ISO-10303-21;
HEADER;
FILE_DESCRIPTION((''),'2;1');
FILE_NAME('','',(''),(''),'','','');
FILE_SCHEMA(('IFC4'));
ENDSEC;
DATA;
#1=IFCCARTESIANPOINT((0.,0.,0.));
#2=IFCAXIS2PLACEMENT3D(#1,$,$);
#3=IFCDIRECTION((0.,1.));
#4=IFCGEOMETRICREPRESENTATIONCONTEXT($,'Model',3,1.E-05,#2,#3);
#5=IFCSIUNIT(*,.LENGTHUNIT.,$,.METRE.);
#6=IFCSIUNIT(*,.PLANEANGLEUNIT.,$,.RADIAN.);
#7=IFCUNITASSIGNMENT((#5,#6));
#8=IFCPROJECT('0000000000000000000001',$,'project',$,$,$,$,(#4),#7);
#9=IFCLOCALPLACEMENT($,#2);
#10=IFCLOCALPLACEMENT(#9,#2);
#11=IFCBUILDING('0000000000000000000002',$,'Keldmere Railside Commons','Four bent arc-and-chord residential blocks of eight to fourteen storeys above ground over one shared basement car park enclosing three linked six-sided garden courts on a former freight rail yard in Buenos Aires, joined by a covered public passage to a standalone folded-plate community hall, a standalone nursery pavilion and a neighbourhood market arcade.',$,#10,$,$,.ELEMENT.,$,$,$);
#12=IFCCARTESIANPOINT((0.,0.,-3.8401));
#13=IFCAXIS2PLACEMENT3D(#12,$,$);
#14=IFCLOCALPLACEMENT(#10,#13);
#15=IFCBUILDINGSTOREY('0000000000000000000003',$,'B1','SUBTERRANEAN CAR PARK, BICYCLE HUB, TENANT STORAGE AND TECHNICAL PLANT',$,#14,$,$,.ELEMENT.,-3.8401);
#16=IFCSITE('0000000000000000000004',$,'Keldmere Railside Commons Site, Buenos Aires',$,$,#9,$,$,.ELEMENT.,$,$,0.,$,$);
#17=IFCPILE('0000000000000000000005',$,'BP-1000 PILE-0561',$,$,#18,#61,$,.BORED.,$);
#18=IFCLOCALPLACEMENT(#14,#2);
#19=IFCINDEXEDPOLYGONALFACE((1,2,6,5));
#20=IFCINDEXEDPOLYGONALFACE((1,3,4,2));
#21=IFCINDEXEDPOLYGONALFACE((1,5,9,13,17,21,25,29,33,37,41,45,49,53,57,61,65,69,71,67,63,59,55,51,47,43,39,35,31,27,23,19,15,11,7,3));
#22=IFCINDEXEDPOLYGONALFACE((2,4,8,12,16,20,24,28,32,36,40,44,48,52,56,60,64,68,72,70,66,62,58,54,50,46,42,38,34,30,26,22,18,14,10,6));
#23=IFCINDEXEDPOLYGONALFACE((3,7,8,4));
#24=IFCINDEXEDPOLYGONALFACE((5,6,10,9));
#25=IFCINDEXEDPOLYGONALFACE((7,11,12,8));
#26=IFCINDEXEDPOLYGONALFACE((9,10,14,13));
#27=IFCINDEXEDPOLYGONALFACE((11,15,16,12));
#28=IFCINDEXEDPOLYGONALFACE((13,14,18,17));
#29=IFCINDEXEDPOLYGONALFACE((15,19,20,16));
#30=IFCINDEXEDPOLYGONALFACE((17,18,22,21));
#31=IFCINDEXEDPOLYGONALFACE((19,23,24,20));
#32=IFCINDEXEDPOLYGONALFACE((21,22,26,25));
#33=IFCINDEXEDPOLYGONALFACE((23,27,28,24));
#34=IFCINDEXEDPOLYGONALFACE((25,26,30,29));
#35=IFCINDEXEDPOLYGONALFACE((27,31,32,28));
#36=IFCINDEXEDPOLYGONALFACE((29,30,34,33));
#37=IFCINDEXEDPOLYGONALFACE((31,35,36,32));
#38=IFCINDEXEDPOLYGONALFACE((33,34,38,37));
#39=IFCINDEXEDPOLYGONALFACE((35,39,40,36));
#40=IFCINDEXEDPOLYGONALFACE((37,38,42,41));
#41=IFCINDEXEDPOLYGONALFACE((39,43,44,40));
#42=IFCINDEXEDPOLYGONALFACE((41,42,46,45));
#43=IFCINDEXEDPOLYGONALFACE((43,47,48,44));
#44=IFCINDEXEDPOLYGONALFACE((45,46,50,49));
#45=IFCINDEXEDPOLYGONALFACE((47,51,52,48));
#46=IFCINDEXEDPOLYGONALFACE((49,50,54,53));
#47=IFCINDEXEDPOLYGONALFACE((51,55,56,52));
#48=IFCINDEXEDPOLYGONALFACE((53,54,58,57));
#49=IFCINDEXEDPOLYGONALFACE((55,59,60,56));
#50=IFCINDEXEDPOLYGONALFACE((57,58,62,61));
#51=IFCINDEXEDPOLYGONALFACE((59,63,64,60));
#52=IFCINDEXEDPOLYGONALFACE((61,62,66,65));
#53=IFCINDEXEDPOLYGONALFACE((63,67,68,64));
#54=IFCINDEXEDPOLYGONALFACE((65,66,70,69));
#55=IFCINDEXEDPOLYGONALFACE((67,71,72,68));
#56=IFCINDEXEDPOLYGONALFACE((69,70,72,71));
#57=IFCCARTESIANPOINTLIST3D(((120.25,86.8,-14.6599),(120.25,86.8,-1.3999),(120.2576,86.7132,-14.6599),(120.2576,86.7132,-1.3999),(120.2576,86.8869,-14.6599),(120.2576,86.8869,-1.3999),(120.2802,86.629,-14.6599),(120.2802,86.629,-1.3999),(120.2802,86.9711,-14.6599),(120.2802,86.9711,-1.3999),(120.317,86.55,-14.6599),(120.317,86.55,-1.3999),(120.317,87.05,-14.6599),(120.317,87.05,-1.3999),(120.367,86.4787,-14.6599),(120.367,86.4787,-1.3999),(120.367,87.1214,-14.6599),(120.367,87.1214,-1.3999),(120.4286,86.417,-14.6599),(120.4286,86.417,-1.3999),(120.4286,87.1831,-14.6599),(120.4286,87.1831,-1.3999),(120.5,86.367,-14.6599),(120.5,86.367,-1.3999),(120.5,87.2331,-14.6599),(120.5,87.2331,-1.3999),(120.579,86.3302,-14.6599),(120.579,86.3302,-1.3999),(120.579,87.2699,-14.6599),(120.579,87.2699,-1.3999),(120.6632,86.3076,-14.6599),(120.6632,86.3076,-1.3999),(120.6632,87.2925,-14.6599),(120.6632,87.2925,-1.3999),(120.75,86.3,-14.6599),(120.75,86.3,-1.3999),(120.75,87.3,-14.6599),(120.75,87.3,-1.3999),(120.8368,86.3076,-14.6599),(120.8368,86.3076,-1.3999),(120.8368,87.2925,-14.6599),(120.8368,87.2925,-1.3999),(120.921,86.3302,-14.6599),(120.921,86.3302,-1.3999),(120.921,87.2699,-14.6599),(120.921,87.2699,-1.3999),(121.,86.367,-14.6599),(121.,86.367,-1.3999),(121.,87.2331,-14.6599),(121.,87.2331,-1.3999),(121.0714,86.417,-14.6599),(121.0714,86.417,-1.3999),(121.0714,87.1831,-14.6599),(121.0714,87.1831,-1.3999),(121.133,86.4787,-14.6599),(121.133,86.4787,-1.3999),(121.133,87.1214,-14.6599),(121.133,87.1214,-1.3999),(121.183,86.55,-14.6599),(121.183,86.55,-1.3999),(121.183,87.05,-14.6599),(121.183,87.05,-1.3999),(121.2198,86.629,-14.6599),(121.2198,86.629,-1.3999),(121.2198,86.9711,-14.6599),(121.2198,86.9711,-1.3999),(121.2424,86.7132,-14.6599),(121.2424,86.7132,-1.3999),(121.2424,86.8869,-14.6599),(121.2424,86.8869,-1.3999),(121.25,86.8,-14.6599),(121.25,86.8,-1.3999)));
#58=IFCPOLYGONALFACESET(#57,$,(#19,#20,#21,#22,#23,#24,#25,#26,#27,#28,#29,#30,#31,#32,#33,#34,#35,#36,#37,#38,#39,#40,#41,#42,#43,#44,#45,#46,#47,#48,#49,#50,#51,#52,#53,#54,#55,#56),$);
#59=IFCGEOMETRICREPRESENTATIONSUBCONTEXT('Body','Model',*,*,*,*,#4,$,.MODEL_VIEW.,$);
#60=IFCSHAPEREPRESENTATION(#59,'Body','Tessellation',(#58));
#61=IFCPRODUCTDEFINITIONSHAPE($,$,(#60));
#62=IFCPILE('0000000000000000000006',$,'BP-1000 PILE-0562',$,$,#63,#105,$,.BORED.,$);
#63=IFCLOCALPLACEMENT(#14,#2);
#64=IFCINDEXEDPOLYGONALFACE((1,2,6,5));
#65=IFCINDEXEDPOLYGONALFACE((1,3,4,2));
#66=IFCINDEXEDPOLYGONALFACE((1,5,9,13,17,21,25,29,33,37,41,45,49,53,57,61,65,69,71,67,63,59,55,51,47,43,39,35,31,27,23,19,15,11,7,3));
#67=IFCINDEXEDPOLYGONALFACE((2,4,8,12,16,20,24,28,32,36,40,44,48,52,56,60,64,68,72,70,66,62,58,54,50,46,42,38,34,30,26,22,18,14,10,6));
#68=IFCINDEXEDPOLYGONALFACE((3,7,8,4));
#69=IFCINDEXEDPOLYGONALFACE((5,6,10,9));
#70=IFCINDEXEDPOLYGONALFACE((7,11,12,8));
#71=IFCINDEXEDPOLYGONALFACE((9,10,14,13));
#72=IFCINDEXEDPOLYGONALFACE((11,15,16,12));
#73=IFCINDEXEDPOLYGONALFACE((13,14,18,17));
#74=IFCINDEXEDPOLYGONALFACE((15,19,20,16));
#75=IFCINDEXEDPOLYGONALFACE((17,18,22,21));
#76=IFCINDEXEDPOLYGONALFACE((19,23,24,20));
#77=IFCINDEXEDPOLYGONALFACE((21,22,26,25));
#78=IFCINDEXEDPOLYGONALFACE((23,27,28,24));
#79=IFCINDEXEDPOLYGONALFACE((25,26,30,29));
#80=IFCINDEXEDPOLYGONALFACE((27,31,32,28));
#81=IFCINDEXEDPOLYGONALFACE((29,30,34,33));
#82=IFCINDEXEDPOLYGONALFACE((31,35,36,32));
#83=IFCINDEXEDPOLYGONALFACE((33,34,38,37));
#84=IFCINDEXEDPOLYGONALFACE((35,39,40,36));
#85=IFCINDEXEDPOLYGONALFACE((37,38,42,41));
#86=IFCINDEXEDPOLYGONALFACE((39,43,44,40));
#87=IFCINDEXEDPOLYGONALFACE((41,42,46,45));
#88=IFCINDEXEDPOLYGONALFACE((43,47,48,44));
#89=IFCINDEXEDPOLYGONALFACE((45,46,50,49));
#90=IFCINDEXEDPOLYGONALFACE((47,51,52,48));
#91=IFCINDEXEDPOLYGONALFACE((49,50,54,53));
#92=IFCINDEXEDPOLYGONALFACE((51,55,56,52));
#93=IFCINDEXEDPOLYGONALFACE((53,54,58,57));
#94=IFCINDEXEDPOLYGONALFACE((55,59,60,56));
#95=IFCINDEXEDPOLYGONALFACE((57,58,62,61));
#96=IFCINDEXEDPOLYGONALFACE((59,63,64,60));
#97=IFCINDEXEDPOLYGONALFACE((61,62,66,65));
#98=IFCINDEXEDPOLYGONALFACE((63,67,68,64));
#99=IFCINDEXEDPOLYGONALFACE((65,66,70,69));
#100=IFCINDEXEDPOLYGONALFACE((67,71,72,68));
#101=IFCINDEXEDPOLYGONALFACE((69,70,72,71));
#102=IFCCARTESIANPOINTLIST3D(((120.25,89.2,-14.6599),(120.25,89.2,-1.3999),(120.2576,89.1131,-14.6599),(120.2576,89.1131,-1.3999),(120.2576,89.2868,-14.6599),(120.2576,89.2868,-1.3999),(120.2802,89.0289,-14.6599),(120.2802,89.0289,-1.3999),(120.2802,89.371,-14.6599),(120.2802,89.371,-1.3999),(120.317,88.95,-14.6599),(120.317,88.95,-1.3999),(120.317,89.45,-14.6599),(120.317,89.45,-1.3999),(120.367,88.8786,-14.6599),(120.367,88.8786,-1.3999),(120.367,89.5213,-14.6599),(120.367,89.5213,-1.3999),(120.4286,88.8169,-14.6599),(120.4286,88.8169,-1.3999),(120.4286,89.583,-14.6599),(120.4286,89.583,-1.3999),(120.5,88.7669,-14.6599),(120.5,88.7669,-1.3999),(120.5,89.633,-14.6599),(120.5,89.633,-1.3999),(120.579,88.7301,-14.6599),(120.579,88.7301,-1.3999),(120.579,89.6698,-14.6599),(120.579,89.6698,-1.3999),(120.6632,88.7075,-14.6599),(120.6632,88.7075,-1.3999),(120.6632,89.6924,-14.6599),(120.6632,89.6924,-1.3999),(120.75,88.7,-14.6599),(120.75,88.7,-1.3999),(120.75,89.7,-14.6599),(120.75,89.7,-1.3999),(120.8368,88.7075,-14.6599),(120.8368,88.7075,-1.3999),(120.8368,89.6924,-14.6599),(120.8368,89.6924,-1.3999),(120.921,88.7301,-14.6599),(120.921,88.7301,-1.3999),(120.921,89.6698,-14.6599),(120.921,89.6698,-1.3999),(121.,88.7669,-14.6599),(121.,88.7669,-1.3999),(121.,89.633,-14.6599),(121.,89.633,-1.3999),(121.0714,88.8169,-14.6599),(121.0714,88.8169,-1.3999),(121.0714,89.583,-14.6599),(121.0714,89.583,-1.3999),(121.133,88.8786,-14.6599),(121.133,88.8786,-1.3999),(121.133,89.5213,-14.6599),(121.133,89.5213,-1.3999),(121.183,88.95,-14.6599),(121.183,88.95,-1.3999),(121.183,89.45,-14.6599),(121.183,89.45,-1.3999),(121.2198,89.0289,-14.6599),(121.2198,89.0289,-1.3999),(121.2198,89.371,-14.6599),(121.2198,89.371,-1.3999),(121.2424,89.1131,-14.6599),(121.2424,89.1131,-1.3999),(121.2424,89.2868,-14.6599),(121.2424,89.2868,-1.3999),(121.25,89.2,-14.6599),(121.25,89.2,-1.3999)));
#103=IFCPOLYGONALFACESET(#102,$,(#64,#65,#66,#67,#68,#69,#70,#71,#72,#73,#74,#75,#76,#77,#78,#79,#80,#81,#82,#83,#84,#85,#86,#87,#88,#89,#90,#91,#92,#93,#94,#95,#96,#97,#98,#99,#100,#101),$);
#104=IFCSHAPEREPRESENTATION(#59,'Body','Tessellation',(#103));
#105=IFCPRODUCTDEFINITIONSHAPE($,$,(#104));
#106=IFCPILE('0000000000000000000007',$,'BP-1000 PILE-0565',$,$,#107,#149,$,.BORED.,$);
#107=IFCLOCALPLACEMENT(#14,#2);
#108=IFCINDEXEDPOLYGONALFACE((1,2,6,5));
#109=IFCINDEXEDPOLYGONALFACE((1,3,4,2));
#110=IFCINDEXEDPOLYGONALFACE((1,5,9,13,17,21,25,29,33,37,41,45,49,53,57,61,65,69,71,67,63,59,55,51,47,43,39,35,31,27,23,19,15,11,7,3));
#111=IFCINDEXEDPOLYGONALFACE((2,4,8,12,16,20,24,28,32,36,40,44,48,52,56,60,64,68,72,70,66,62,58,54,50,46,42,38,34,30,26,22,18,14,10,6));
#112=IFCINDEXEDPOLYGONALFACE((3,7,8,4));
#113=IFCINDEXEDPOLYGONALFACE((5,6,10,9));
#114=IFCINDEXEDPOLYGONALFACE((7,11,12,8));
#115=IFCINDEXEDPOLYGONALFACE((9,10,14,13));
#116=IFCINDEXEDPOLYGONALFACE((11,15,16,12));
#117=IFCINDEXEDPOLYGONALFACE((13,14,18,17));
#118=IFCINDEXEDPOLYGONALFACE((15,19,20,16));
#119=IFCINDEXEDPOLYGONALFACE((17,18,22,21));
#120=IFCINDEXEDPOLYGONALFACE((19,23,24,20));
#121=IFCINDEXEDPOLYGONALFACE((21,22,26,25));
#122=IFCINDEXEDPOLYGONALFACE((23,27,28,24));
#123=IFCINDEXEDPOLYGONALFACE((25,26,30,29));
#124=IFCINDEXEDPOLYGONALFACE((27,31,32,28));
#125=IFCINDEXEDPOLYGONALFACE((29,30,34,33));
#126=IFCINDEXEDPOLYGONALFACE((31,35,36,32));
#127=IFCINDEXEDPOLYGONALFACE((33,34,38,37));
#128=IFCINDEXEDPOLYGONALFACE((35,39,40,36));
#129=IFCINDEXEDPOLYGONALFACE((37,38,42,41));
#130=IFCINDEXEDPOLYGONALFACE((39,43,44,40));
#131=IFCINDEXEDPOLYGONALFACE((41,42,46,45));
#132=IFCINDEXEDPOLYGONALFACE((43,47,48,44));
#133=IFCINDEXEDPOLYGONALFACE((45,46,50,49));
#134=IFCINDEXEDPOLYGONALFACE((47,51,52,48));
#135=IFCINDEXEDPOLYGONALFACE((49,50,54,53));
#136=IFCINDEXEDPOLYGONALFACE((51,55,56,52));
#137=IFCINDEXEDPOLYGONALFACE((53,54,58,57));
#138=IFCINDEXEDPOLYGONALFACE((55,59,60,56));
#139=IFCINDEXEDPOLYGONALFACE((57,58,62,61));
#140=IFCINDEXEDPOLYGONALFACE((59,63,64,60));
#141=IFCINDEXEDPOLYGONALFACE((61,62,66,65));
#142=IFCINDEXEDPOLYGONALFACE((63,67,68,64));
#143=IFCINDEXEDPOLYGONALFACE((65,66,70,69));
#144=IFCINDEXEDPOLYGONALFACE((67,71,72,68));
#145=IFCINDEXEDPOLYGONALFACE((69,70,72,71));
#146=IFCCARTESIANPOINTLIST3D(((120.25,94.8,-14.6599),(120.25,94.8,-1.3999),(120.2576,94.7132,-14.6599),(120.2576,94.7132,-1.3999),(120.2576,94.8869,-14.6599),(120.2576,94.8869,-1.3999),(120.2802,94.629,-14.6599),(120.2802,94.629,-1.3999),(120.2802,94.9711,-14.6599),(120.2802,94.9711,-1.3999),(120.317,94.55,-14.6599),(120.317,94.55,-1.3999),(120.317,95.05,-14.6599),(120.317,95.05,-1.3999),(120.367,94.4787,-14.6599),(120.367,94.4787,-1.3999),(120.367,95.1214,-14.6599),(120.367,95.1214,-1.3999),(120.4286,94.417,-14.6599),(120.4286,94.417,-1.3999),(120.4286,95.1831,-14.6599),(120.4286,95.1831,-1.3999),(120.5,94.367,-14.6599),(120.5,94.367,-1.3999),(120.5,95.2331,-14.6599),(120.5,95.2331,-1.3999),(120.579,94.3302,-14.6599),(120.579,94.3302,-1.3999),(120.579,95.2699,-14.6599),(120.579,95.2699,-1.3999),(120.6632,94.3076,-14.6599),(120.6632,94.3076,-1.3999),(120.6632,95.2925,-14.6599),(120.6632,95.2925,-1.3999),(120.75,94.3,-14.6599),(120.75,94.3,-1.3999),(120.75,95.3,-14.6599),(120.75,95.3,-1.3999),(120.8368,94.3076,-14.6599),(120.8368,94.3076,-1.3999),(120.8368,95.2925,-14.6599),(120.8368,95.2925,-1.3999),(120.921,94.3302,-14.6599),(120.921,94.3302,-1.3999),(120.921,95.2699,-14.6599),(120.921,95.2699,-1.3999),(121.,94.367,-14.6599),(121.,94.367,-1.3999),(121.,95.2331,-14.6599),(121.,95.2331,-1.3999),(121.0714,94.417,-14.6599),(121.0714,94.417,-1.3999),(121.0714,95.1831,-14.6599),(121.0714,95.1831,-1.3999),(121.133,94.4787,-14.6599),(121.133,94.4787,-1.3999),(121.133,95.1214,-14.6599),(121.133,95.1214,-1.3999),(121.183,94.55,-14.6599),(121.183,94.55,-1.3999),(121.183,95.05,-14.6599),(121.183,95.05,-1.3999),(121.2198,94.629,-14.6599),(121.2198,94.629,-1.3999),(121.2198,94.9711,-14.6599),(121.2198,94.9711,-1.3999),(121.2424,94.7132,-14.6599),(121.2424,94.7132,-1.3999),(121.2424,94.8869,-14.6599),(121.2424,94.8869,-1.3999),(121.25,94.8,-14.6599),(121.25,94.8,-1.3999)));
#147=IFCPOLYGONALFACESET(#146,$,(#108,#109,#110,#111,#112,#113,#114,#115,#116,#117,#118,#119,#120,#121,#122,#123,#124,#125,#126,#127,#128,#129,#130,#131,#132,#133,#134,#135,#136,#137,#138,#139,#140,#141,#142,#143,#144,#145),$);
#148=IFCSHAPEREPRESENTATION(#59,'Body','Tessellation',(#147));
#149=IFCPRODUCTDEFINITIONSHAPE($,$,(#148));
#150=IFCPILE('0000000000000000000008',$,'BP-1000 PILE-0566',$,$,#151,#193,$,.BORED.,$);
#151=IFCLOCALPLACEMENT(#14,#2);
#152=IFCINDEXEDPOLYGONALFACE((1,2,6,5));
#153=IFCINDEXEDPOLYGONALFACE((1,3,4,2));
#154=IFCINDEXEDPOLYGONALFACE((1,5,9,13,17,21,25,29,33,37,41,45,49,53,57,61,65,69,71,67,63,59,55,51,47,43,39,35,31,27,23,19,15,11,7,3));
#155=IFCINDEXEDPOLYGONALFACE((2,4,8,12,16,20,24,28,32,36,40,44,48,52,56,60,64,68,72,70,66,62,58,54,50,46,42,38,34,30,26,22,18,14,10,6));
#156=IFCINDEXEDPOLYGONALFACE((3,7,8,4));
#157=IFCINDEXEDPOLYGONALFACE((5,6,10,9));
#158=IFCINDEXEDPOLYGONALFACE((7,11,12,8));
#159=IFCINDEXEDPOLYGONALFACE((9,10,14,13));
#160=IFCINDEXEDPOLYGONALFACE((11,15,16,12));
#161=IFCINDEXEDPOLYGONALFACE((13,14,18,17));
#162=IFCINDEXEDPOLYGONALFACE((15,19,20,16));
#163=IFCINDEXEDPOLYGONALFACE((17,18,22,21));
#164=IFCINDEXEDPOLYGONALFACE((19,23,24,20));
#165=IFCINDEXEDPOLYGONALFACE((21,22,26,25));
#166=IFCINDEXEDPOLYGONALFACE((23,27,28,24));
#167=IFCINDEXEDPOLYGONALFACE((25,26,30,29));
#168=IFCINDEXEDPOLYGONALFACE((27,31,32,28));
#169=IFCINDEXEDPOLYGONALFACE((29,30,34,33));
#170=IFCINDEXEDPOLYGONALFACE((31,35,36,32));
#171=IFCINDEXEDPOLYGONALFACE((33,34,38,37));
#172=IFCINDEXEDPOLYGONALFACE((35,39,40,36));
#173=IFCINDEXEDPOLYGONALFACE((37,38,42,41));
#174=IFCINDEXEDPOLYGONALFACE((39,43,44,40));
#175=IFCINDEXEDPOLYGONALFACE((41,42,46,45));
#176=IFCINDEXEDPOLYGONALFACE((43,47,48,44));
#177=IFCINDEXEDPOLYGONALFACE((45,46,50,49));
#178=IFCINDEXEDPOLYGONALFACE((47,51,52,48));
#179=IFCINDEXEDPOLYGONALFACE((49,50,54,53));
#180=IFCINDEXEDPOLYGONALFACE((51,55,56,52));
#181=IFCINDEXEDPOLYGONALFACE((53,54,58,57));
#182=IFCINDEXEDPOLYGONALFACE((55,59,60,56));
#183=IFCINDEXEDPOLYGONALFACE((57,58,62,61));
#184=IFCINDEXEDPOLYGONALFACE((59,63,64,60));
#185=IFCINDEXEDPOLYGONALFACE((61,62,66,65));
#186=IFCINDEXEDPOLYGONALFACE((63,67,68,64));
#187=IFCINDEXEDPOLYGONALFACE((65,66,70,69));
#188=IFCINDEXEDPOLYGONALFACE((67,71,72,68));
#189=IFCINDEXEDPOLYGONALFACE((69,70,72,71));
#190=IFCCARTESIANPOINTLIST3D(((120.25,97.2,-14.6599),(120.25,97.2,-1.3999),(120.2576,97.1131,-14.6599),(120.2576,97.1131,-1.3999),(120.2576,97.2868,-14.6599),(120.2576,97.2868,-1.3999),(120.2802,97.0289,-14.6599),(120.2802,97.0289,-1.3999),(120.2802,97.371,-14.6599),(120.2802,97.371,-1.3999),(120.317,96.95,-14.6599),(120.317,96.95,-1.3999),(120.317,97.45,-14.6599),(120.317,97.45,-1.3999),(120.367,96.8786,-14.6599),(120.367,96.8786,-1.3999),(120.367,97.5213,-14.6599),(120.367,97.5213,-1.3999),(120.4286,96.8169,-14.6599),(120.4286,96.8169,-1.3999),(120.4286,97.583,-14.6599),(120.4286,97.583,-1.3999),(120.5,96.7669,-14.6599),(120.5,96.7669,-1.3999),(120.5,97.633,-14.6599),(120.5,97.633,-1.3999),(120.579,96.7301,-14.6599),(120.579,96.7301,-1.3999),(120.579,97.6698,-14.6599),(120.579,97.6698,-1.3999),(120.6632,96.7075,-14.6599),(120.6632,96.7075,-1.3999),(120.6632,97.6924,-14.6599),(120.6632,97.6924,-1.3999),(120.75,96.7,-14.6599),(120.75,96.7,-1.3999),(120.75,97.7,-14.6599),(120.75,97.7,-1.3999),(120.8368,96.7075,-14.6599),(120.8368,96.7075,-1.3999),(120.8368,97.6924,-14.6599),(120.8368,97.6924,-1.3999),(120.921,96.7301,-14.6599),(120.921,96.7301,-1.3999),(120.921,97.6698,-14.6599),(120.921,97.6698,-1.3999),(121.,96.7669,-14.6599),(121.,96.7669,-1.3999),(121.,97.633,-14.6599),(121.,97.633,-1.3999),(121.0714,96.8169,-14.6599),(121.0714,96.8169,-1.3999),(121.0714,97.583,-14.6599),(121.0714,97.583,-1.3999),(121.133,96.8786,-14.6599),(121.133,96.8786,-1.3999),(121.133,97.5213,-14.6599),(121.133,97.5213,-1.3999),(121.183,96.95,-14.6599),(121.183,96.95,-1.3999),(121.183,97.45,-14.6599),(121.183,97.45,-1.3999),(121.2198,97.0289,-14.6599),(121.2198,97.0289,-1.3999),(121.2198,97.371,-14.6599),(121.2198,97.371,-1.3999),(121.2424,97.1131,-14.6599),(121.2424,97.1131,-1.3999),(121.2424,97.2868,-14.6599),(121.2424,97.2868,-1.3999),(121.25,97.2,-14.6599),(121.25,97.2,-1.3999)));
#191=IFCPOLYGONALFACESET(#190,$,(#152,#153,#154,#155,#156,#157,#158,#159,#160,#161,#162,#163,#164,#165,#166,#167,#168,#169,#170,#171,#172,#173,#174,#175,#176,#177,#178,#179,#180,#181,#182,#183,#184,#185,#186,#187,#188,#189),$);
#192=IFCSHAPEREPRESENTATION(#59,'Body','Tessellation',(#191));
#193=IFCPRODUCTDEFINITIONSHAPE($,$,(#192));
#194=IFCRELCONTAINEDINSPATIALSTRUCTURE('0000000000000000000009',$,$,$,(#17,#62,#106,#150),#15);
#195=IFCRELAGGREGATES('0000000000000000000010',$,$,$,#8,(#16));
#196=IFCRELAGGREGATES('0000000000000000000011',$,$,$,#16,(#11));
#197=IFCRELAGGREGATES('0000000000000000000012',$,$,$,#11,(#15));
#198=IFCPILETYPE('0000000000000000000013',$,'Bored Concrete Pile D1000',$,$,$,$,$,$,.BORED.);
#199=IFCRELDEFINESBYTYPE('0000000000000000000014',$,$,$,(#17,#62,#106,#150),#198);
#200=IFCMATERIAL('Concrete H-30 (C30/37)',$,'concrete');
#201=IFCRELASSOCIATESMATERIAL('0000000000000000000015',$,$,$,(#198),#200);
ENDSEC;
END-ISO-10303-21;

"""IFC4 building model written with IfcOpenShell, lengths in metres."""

from ifc_helpers import new_model, si_unit, direction, frame, origin, origin_2d, place, context, subcontext, project, spatial, circle, extrude, material, material_profile, profile_set, type_object, element, save


model = new_model("IFC4")

# Units and contexts
model_context = context("Model", 3, precision=1e-05, world=origin(), true_north=direction((0.0, 1.0)))
body_context = subcontext(model_context, "Body", "Model", "MODEL_VIEW")
ifc_project = project(units=[si_unit("LENGTHUNIT", "METRE"), si_unit("PLANEANGLEUNIT", "RADIAN")], contexts=[model_context])

# Site, building, storey
site_placement = place(None, origin())
site = spatial("IfcSite", under=ifc_project, at=site_placement, Name="Keldmere Railside Commons Site, Buenos Aires", CompositionType="ELEMENT", RefElevation=0.0)
building_placement = place(site_placement, origin())
building = spatial("IfcBuilding", under=site, at=building_placement, Name="Keldmere Railside Commons", Description="Four bent arc-and-chord residential blocks of eight to fourteen storeys above ground over one shared basement car park enclosing three linked six-sided garden courts on a former freight rail yard in Buenos Aires, joined by a covered public passage to a standalone folded-plate community hall, a standalone nursery pavilion and a neighbourhood market arcade.", CompositionType="ELEMENT")
storey_placement = place(building_placement, frame((0.0, 0.0, -3.8401)))
storey = spatial("IfcBuildingStorey", under=building, at=storey_placement, Name="B1", Description="SUBTERRANEAN CAR PARK, BICYCLE HUB, TENANT STORAGE AND TECHNICAL PLANT", CompositionType="ELEMENT", Elevation=-3.8401)

# Piles
ifc_material_1 = material(Name="Concrete H-30 (C30/37)", Category="concrete")
ifc_material_profile_1 = material_profile(ifc_material_1, circle(Radius=0.5, at=origin_2d()), Name="PILE-D1000")
ifc_profile_set_1 = profile_set([ifc_material_profile_1], Name="Concrete H-30 (C30/37)")
pile_type_1 = type_object("IfcPileType", Name="Bored Concrete Pile D1000", PredefinedType="BORED", material=ifc_profile_set_1)
for number, where, z_axis, x_axis, name in (
    (1, (120.75, 86.8, -1.3999), (0.0, 0.0, -1.0), (1.0, 0.0, 0.0), "BP-1000 PILE-0561"),
    (2, (120.75, 89.2, -1.3999), (0.0, 0.0, -1.0), (1.0, 0.0, 0.0), "BP-1000 PILE-0562"),
    (3, (120.75, 94.8, -1.3999), (0.0, 0.0, -1.0), (1.0, 0.0, 0.0), "BP-1000 PILE-0565"),
    (4, (120.75, 97.2, -1.3999), (0.0, 0.0, -1.0), (1.0, 0.0, 0.0), "BP-1000 PILE-0566"),
):
    element("IfcPile", number, at=place(storey_placement, frame(where, z_axis=z_axis, x_axis=x_axis)), inside=storey, type_object=pile_type_1, Name=name, PredefinedType="BORED", context=body_context, shape_type="SweptSolid", body=[
        extrude(circle(Radius=0.5, at=origin_2d()), origin(), (0.0, 0.0, 1.0), 13.26),
    ])

save(model, "model.ifc")
